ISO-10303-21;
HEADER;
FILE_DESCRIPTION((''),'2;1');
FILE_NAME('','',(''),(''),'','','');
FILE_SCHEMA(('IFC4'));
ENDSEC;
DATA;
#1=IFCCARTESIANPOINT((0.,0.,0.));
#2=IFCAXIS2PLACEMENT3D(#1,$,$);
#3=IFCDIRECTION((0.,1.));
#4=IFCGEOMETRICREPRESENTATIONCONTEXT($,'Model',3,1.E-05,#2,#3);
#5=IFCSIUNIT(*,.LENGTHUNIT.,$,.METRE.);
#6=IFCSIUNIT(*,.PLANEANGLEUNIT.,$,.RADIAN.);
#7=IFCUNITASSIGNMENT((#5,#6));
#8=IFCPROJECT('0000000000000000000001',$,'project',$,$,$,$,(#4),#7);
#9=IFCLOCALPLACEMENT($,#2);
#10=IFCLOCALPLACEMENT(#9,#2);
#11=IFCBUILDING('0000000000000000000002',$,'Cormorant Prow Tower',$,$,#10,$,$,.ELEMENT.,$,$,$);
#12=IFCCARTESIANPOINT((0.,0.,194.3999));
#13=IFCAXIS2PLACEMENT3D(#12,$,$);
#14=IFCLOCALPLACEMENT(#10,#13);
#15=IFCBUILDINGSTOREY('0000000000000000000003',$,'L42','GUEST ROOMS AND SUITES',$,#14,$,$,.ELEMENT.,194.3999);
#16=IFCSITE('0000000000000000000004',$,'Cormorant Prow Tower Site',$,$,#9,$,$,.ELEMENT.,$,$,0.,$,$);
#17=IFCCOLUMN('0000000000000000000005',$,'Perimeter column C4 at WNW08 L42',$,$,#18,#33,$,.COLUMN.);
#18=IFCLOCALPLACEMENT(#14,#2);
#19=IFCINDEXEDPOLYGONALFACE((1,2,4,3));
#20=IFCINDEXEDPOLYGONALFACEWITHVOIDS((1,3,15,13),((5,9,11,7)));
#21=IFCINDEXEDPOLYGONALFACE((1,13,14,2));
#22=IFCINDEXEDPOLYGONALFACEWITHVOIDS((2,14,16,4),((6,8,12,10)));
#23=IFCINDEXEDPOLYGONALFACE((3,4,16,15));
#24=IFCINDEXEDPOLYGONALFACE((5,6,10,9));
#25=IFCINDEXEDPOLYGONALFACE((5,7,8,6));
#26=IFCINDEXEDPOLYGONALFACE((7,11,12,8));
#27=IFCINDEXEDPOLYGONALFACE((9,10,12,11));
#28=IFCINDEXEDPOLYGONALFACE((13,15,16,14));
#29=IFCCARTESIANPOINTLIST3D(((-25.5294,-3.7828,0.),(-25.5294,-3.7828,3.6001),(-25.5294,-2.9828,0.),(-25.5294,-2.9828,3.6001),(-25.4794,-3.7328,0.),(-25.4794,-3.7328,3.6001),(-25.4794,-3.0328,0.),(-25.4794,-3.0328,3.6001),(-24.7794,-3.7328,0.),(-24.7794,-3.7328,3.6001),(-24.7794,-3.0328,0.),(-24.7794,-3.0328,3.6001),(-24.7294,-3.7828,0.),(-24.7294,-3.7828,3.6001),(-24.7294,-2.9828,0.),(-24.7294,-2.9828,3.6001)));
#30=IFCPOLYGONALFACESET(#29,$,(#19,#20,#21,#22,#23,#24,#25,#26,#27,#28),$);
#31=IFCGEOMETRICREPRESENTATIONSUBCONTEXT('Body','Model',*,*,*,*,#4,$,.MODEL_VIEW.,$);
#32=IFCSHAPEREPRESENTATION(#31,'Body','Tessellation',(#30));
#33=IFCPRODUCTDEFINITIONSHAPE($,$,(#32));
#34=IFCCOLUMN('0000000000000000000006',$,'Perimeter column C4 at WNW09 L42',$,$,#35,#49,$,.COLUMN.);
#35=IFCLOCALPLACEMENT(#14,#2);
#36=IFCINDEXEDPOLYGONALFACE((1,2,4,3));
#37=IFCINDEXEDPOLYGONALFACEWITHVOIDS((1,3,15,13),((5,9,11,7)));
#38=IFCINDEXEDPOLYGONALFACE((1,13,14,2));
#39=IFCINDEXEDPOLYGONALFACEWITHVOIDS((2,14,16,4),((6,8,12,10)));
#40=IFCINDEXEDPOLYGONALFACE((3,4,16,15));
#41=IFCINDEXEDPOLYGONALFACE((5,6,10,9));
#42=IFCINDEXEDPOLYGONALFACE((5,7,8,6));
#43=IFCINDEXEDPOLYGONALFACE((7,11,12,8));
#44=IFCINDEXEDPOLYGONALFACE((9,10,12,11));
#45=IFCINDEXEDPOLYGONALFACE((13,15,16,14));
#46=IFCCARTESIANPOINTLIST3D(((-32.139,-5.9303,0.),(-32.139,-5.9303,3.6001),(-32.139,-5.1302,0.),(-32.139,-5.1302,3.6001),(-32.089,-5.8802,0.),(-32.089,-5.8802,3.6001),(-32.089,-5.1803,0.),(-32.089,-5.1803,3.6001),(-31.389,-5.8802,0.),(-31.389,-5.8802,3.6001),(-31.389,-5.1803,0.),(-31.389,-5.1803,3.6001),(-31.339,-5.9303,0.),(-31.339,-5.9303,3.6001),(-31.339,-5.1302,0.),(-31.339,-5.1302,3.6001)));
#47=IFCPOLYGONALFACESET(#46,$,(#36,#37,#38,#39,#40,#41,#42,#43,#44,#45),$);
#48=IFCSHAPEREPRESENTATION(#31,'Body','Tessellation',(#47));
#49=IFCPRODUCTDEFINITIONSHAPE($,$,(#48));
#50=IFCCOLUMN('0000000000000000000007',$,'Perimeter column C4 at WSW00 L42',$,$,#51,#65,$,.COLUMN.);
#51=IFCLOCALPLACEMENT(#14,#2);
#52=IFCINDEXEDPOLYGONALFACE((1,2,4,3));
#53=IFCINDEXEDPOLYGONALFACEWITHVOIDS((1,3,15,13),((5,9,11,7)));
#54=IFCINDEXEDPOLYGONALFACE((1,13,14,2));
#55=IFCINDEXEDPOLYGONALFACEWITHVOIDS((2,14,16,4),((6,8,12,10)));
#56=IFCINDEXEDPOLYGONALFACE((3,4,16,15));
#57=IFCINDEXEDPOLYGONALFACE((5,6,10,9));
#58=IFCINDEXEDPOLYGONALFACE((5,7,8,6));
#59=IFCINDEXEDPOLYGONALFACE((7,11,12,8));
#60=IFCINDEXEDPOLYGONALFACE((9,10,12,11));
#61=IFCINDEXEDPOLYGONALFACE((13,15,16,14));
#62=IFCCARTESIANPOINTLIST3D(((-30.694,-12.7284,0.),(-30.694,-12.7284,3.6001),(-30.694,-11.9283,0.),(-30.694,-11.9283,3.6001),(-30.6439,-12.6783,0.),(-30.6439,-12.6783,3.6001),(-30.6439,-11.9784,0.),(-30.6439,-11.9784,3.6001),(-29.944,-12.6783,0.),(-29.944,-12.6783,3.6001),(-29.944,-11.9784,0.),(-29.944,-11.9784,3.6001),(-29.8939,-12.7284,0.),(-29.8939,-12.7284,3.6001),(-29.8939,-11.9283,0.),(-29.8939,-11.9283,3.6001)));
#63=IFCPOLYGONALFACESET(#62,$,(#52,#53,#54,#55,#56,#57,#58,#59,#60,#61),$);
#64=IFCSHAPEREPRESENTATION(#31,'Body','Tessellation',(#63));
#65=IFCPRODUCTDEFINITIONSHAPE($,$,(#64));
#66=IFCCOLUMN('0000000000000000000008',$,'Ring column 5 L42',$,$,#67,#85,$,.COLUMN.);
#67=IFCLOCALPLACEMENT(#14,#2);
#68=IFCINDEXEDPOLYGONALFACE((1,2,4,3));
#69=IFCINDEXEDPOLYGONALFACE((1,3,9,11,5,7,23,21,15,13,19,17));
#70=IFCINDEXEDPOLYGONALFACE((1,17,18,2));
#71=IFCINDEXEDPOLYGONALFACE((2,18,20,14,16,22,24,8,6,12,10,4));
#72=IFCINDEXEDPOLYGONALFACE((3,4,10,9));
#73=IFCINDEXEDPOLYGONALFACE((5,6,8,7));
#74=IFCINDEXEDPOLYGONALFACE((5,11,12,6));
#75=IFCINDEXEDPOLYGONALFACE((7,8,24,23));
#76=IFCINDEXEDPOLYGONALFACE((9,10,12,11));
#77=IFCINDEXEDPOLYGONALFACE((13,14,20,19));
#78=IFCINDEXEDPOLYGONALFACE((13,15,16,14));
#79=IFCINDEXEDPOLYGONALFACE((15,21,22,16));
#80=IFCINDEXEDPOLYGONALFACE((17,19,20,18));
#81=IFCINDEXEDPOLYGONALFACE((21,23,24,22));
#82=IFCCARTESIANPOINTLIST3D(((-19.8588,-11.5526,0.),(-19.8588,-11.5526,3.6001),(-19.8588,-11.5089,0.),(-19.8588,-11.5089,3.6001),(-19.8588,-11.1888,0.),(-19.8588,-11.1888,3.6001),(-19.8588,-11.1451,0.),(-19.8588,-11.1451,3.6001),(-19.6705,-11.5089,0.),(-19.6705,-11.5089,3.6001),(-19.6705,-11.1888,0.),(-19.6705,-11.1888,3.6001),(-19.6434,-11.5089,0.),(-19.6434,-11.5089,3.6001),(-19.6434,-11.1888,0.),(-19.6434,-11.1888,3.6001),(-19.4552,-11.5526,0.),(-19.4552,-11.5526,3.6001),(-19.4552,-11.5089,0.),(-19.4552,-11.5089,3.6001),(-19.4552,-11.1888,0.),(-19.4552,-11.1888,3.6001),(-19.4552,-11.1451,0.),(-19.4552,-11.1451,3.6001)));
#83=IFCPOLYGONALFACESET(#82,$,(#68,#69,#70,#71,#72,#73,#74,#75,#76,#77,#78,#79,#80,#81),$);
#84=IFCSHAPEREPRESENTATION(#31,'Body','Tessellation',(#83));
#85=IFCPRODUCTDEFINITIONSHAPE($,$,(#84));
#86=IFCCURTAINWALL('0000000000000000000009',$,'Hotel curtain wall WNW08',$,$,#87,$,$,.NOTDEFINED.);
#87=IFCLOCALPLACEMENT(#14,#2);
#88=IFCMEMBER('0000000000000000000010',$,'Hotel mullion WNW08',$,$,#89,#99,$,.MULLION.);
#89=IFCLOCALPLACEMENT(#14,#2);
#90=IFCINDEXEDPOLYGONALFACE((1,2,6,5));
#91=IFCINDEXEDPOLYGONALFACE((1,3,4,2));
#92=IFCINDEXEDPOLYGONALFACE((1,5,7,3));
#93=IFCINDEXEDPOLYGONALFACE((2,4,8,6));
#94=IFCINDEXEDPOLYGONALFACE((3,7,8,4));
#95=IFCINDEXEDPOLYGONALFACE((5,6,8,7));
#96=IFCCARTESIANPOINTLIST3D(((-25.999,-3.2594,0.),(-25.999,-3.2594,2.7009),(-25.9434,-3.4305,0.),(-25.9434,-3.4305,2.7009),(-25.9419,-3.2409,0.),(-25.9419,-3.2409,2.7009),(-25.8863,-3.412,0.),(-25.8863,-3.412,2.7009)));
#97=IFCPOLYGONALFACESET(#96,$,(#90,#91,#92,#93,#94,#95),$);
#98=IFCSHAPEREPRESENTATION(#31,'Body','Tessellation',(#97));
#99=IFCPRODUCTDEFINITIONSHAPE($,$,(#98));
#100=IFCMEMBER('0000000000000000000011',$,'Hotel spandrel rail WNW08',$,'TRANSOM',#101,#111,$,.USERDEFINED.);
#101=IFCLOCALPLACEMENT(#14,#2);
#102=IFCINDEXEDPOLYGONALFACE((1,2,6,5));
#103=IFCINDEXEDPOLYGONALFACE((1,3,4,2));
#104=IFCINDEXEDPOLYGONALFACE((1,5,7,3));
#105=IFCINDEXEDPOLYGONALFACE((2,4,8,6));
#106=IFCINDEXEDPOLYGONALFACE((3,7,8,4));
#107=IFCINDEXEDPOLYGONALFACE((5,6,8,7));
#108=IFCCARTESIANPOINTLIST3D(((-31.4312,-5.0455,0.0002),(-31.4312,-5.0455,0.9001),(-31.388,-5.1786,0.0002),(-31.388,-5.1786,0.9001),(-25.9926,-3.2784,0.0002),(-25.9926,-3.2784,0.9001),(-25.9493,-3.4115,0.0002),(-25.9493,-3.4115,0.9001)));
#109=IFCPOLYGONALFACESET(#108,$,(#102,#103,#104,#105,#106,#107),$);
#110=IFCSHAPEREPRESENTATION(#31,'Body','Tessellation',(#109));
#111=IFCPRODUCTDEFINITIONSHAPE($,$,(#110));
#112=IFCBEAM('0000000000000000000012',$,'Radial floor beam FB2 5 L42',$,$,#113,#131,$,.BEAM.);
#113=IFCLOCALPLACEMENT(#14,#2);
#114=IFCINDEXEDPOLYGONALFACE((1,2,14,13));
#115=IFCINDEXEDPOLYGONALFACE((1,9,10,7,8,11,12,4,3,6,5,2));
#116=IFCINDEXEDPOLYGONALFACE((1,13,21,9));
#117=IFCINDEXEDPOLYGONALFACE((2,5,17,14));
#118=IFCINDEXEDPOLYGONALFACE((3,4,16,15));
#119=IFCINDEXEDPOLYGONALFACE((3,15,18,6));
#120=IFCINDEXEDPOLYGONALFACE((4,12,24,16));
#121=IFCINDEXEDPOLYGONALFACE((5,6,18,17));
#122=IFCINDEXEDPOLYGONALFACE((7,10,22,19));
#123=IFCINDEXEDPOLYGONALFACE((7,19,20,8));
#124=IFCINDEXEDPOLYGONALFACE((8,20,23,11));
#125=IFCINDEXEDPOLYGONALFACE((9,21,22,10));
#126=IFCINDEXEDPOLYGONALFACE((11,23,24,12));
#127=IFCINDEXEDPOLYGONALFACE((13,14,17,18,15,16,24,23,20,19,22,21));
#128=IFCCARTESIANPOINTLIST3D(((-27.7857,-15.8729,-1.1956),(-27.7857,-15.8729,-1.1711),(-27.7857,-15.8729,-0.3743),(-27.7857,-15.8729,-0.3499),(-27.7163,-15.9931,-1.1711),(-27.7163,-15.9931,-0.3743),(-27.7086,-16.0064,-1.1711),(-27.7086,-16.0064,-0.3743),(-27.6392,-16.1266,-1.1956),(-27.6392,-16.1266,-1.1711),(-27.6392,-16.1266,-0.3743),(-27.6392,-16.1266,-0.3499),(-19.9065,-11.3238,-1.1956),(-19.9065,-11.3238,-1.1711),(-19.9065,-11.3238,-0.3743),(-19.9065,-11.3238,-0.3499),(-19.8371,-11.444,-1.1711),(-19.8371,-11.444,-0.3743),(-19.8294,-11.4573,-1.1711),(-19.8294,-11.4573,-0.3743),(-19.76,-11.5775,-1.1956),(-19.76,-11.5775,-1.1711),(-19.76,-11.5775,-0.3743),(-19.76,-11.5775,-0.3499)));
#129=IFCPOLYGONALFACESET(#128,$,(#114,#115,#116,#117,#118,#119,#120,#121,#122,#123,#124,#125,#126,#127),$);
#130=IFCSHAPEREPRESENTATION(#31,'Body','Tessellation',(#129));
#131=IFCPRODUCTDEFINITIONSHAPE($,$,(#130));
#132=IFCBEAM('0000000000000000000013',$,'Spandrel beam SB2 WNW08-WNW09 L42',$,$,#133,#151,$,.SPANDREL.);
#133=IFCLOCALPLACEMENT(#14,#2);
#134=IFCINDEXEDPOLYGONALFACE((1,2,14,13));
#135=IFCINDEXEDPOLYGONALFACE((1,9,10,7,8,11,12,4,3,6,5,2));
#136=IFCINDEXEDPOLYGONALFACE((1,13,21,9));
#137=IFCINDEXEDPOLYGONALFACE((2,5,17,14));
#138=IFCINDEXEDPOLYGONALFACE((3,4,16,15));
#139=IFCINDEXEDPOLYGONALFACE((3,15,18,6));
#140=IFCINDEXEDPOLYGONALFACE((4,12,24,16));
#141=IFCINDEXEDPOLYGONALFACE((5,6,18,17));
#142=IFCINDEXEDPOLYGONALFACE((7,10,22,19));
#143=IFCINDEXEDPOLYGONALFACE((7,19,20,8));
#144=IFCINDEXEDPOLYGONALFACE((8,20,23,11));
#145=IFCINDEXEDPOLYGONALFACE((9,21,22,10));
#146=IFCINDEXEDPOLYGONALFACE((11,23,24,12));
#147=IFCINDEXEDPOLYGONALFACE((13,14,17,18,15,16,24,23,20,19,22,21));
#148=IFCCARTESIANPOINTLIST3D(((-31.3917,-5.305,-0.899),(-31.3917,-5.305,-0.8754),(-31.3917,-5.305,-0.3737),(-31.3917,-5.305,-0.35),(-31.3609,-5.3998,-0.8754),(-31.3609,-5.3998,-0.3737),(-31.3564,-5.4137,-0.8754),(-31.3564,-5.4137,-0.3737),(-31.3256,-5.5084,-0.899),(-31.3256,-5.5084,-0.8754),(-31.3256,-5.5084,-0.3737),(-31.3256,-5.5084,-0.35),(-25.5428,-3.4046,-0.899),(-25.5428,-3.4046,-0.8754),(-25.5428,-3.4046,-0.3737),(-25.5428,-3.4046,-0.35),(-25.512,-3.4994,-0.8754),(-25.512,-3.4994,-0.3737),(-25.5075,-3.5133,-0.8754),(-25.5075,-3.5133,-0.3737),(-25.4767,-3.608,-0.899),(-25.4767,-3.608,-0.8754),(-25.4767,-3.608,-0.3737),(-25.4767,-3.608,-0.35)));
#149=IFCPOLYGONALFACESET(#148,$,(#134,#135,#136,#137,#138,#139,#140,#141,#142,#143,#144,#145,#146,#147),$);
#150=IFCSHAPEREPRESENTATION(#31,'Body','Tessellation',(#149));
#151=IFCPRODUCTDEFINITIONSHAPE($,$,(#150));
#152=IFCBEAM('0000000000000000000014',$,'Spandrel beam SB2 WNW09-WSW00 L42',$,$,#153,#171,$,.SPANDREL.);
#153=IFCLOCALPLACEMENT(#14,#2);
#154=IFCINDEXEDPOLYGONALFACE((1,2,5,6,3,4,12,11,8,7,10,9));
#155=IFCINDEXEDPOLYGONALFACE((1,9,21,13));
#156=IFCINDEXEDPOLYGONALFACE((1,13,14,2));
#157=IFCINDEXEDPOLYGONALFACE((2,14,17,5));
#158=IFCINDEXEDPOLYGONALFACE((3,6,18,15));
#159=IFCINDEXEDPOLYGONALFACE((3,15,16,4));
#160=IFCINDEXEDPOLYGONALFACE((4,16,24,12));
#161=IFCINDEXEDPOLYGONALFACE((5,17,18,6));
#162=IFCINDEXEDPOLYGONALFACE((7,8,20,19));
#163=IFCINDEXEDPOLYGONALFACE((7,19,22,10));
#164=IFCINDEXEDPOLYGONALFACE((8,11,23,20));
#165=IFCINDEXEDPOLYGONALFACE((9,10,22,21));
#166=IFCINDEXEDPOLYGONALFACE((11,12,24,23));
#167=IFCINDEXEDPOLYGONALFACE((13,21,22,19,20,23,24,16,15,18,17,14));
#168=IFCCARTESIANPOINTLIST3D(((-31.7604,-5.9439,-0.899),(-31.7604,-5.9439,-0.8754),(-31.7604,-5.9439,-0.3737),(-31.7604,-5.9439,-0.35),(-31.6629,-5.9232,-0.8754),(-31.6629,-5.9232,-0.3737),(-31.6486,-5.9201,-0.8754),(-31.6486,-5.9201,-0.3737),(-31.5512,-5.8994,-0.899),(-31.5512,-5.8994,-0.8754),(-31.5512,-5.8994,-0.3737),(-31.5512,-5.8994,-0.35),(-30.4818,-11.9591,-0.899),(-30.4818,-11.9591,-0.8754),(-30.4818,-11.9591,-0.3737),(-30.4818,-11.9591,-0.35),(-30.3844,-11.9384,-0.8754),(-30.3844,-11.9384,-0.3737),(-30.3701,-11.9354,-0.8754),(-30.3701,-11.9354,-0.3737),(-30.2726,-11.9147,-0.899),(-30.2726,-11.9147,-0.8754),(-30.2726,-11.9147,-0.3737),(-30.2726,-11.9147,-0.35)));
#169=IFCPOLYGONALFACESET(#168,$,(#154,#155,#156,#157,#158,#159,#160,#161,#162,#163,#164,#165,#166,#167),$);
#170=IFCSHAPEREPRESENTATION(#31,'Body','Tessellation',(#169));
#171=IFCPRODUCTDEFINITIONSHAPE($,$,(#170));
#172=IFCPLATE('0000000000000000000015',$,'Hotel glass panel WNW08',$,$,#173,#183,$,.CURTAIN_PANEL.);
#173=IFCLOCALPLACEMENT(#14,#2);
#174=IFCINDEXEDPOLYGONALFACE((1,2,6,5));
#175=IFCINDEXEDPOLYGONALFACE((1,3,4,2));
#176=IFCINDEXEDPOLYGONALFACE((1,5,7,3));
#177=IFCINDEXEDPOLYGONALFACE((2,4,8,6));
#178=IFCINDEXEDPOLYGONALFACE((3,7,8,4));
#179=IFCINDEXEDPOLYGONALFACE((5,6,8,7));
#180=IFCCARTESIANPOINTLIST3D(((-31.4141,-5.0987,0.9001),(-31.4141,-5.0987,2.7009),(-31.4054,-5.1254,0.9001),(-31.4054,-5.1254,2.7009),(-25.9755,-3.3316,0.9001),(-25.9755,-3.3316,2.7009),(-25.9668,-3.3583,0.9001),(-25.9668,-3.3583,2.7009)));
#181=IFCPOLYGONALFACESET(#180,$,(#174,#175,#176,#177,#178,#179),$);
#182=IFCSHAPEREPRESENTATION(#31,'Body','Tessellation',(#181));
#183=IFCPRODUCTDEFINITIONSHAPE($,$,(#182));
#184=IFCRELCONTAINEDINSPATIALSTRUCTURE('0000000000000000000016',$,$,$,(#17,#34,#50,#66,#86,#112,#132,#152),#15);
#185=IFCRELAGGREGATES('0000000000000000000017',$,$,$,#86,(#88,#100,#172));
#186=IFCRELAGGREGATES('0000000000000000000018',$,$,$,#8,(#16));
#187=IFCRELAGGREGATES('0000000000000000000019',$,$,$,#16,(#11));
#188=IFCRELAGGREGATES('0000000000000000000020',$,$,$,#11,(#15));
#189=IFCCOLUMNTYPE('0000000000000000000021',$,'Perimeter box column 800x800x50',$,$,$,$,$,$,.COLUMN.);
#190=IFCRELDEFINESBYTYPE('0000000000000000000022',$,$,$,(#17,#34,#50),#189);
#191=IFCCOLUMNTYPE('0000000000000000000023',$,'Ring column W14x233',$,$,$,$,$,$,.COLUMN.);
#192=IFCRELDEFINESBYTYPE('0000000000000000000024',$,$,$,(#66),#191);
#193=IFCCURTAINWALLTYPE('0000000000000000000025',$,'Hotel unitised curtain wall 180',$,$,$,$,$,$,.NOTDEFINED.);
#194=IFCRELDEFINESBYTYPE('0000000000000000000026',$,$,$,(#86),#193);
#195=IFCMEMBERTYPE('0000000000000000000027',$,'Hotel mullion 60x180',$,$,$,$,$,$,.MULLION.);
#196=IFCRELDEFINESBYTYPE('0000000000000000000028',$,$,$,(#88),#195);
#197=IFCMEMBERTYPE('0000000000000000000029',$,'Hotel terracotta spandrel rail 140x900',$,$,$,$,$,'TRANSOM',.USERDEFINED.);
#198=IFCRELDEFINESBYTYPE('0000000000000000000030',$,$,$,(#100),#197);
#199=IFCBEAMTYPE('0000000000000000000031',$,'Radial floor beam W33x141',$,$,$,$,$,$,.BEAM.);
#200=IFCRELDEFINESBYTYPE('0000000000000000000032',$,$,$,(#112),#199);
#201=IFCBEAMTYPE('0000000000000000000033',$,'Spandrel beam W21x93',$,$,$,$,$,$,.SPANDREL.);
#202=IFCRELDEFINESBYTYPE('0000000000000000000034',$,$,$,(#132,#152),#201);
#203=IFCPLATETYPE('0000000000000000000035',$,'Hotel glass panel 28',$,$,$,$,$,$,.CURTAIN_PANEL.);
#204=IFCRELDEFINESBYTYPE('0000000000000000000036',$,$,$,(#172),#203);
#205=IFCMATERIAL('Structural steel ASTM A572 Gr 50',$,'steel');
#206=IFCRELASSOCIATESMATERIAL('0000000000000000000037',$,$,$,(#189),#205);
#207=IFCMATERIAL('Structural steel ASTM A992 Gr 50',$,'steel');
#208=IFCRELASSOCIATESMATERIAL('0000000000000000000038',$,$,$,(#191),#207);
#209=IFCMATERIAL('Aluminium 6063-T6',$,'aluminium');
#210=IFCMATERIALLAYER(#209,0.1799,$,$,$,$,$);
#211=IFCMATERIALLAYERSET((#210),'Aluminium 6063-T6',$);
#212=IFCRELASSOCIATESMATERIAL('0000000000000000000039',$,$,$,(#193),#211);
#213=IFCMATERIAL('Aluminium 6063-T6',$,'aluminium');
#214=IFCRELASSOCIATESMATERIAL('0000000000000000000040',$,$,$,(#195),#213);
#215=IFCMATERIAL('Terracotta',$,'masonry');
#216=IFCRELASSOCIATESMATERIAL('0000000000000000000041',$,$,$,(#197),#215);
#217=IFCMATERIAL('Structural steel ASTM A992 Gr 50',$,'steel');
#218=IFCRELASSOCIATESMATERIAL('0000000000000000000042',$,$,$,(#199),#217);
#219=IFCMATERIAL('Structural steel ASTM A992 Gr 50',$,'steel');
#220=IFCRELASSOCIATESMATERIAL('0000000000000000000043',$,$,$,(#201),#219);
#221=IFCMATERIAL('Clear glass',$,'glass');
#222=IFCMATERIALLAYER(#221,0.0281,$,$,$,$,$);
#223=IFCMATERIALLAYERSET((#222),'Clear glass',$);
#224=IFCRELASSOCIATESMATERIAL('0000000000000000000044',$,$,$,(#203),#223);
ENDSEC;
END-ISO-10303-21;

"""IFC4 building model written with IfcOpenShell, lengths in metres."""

from ifc_helpers import new_model, si_unit, direction, frame, origin, origin_2d, place, context, subcontext, project, spatial, rectangle, hollow_rectangle, i_section, extrude, material, layer, layer_set, material_profile, profile_set, type_object, element, aggregate, save


model = new_model("IFC4")

# Units and contexts
model_context = context("Model", 3, precision=1e-05, world=origin(), true_north=direction((0.0, 1.0)))
body_context = subcontext(model_context, "Body", "Model", "MODEL_VIEW")
ifc_project = project(units=[si_unit("LENGTHUNIT", "METRE"), si_unit("PLANEANGLEUNIT", "RADIAN")], contexts=[model_context])

# Site, building, storey
site_placement = place(None, origin())
site = spatial("IfcSite", under=ifc_project, at=site_placement, Name="Cormorant Prow Tower Site", CompositionType="ELEMENT", RefElevation=0.0)
building_placement = place(site_placement, origin())
building = spatial("IfcBuilding", under=site, at=building_placement, Name="Cormorant Prow Tower", CompositionType="ELEMENT")
storey_placement = place(building_placement, frame((0.0, 0.0, 194.3999)))
storey = spatial("IfcBuildingStorey", under=building, at=storey_placement, Name="L42", Description="GUEST ROOMS AND SUITES", CompositionType="ELEMENT", Elevation=194.3999)

# Columns
ifc_material_1 = material(Name="Structural steel ASTM A572 Gr 50", Category="steel")
ifc_material_profile_1 = material_profile(ifc_material_1, hollow_rectangle(XDim=0.8, YDim=0.8, WallThickness=0.05, at=origin_2d()), Name="Box 800x800x50")
ifc_profile_set_1 = profile_set([ifc_material_profile_1], Name="Structural steel ASTM A572 Gr 50")
column_type_1 = type_object("IfcColumnType", Name="Perimeter box column 800x800x50", PredefinedType="COLUMN", material=ifc_profile_set_1)
for number, where, z_axis, x_axis, name in (
    (1, (-25.1294, -3.3828, 0.0), (0.0, 0.0, 1.0), (1.0, 0.0, 0.0), "Perimeter column C4 at WNW08 L42"),
    (2, (-31.739, -5.5303, 0.0), (0.0, 0.0, 1.0), (1.0, 0.0, 0.0), "Perimeter column C4 at WNW09 L42"),
    (3, (-30.2939, -12.3284, 0.0), (0.0, 0.0, 1.0), (1.0, 0.0, 0.0), "Perimeter column C4 at WSW00 L42"),
):
    element("IfcColumn", number, at=place(storey_placement, frame(where, z_axis=z_axis, x_axis=x_axis)), inside=storey, type_object=column_type_1, Name=name, PredefinedType="COLUMN", context=body_context, shape_type="SweptSolid", body=[
        extrude(hollow_rectangle(XDim=0.8, YDim=0.8, WallThickness=0.05, at=origin_2d()), origin(), (0.0, 0.0, 1.0), 3.6001),
    ])
ifc_material_2 = material(Name="Structural steel ASTM A992 Gr 50", Category="steel")
ifc_material_profile_2 = material_profile(ifc_material_2, i_section(OverallWidth=0.4036, OverallDepth=0.4075, WebThickness=0.0271, FlangeThickness=0.0437, at=origin_2d()), Name="W14x233")
ifc_profile_set_2 = profile_set([ifc_material_profile_2], Name="Structural steel ASTM A992 Gr 50")
column_type_2 = type_object("IfcColumnType", Name="Ring column W14x233", PredefinedType="COLUMN", material=ifc_profile_set_2)
column_placement = place(storey_placement, frame((-19.657, -11.3489, 0.0), z_axis=(0.0, 0.0, 1.0), x_axis=(1.0, 0.0, 0.0)))
element("IfcColumn", 4, at=column_placement, inside=storey, type_object=column_type_2, Name="Ring column 5 L42", PredefinedType="COLUMN", context=body_context, shape_type="SweptSolid", body=[
    extrude(i_section(OverallWidth=0.4036, OverallDepth=0.4075, WebThickness=0.0271, FlangeThickness=0.0437, at=origin_2d()), origin(), (0.0, 0.0, 1.0), 3.6001),
])

# Curtain wall, members
ifc_material_3 = material(Name="Aluminium 6063-T6", Category="aluminium")
ifc_layer_1 = layer(ifc_material_3, 0.1799)
ifc_layer_set_1 = layer_set([ifc_layer_1], Name="Aluminium 6063-T6")
curtain_wall_type = type_object("IfcCurtainWallType", Name="Hotel unitised curtain wall 180", PredefinedType="NOTDEFINED", material=ifc_layer_set_1)
curtain_wall_placement = place(storey_placement, origin())
curtain_wall = element("IfcCurtainWall", 5, at=curtain_wall_placement, inside=storey, type_object=curtain_wall_type, Name="Hotel curtain wall WNW08", PredefinedType="NOTDEFINED")
ifc_material_4 = material(Name="Aluminium 6063-T6", Category="aluminium")
ifc_material_profile_3 = material_profile(ifc_material_4, rectangle(XDim=0.1799, YDim=0.0601, at=origin_2d()), Name="Hotel mullion 60x180")
ifc_profile_set_3 = profile_set([ifc_material_profile_3], Name="Aluminium 6063-T6")
member_type_1 = type_object("IfcMemberType", Name="Hotel mullion 60x180", PredefinedType="MULLION", material=ifc_profile_set_3)
member_1_placement = place(storey_placement, frame((-25.9426, -3.3357, 0.0), z_axis=(0.0, 0.0, 1.0), x_axis=(0.309017, -0.951056, 0.0)))
member_1 = element("IfcMember", 6, at=member_1_placement, type_object=member_type_1, Name="Hotel mullion WNW08", PredefinedType="MULLION", context=body_context, shape_type="SweptSolid", body=[
    extrude(rectangle(XDim=0.1799, YDim=0.0601, at=origin_2d()), origin(), (0.0, 0.0, 1.0), 2.7009),
])
ifc_material_5 = material(Name="Terracotta", Category="masonry")
ifc_material_profile_4 = material_profile(ifc_material_5, rectangle(XDim=0.1399, YDim=0.8999, at=origin_2d()), Name="Hotel terracotta spandrel rail 140x900")
ifc_profile_set_4 = profile_set([ifc_material_profile_4], Name="Terracotta")
member_type_2 = type_object("IfcMemberType", Name="Hotel terracotta spandrel rail 140x900", ElementType="TRANSOM", PredefinedType="USERDEFINED", material=ifc_profile_set_4)
member_2_placement = place(storey_placement, frame((-25.9709, -3.345, 0.4502), z_axis=(-0.951059, -0.309008, 0.0), x_axis=(0.309008, -0.951059, 0.0)))
member_2 = element("IfcMember", 7, at=member_2_placement, type_object=member_type_2, Name="Hotel spandrel rail WNW08", ObjectType="TRANSOM", PredefinedType="USERDEFINED", context=body_context, shape_type="SweptSolid", body=[
    extrude(rectangle(XDim=0.1399, YDim=0.8999, at=origin_2d()), origin(), (0.0, 0.0, 1.0), 5.7185),
])

# Beams
ifc_material_6 = material(Name="Structural steel ASTM A992 Gr 50", Category="steel")
ifc_material_profile_5 = material_profile(ifc_material_6, i_section(OverallWidth=0.293, OverallDepth=0.8457, WebThickness=0.0154, FlangeThickness=0.0244, at=origin_2d()), Name="W33x141")
ifc_profile_set_5 = profile_set([ifc_material_profile_5], Name="Structural steel ASTM A992 Gr 50")
beam_type_1 = type_object("IfcBeamType", Name="Radial floor beam W33x141", PredefinedType="BEAM", material=ifc_profile_set_5)
beam_1_placement = place(storey_placement, frame((-19.8333, -11.4507, -0.7727), z_axis=(-0.866023, -0.500004, 0.0), x_axis=(0.500004, -0.866023, 0.0)))
element("IfcBeam", 8, at=beam_1_placement, inside=storey, type_object=beam_type_1, Name="Radial floor beam FB2 5 L42", PredefinedType="BEAM", context=body_context, shape_type="SweptSolid", body=[
    extrude(i_section(OverallWidth=0.293, OverallDepth=0.8457, WebThickness=0.0154, FlangeThickness=0.0244, at=origin_2d()), origin(), (0.0, 0.0, 1.0), 9.0981),
])
ifc_material_7 = material(Name="Structural steel ASTM A992 Gr 50", Category="steel")
ifc_material_profile_6 = material_profile(ifc_material_7, i_section(OverallWidth=0.2139, OverallDepth=0.5491, WebThickness=0.0146, FlangeThickness=0.0237, at=origin_2d()), Name="W21x93")
ifc_profile_set_6 = profile_set([ifc_material_profile_6], Name="Structural steel ASTM A992 Gr 50")
beam_type_2 = type_object("IfcBeamType", Name="Spandrel beam W21x93", PredefinedType="SPANDREL", material=ifc_profile_set_6)
beam_2_placement = place(storey_placement, frame((-25.5098, -3.5063, -0.6245), z_axis=(-0.951058, -0.309013, 0.0), x_axis=(0.309013, -0.951058, 0.0)))
element("IfcBeam", 9, at=beam_2_placement, inside=storey, type_object=beam_type_2, Name="Spandrel beam SB2 WNW08-WNW09 L42", PredefinedType="SPANDREL", context=body_context, shape_type="SweptSolid", body=[
    extrude(i_section(OverallWidth=0.2139, OverallDepth=0.5491, WebThickness=0.0146, FlangeThickness=0.0237, at=origin_2d()), origin(), (0.0, 0.0, 1.0), 6.1499),
])
beam_3_placement = place(storey_placement, frame((-31.6558, -5.9216, -0.6245), z_axis=(0.207905, -0.978149, 0.0), x_axis=(0.978149, 0.207905, 0.0)))
element("IfcBeam", 10, at=beam_3_placement, inside=storey, type_object=beam_type_2, Name="Spandrel beam SB2 WNW09-WSW00 L42", PredefinedType="SPANDREL", context=body_context, shape_type="SweptSolid", body=[
    extrude(i_section(OverallWidth=0.2139, OverallDepth=0.5491, WebThickness=0.0146, FlangeThickness=0.0237, at=origin_2d()), origin(), (0.0, 0.0, 1.0), 6.1497),
])

# Plate
ifc_material_8 = material(Name="Clear glass", Category="glass")
ifc_layer_2 = layer(ifc_material_8, 0.0281)
ifc_layer_set_2 = layer_set([ifc_layer_2], Name="Clear glass")
plate_type = type_object("IfcPlateType", Name="Hotel glass panel 28", PredefinedType="CURTAIN_PANEL", material=ifc_layer_set_2)
plate_placement = place(storey_placement, frame((-28.6904, -4.2285, 0.9001), z_axis=(0.0, 0.0, 1.0), x_axis=(-0.951056, -0.309017, 0.0)))
plate = element("IfcPlate", 11, at=plate_placement, type_object=plate_type, Name="Hotel glass panel WNW08", PredefinedType="CURTAIN_PANEL", context=body_context, shape_type="SweptSolid", body=[
    extrude(rectangle(XDim=5.7185, YDim=0.0281, at=origin_2d()), origin(), (0.0, 0.0, 1.0), 1.8008),
])
aggregate(curtain_wall, [member_1, member_2, plate])

save(model, "model.ifc")
